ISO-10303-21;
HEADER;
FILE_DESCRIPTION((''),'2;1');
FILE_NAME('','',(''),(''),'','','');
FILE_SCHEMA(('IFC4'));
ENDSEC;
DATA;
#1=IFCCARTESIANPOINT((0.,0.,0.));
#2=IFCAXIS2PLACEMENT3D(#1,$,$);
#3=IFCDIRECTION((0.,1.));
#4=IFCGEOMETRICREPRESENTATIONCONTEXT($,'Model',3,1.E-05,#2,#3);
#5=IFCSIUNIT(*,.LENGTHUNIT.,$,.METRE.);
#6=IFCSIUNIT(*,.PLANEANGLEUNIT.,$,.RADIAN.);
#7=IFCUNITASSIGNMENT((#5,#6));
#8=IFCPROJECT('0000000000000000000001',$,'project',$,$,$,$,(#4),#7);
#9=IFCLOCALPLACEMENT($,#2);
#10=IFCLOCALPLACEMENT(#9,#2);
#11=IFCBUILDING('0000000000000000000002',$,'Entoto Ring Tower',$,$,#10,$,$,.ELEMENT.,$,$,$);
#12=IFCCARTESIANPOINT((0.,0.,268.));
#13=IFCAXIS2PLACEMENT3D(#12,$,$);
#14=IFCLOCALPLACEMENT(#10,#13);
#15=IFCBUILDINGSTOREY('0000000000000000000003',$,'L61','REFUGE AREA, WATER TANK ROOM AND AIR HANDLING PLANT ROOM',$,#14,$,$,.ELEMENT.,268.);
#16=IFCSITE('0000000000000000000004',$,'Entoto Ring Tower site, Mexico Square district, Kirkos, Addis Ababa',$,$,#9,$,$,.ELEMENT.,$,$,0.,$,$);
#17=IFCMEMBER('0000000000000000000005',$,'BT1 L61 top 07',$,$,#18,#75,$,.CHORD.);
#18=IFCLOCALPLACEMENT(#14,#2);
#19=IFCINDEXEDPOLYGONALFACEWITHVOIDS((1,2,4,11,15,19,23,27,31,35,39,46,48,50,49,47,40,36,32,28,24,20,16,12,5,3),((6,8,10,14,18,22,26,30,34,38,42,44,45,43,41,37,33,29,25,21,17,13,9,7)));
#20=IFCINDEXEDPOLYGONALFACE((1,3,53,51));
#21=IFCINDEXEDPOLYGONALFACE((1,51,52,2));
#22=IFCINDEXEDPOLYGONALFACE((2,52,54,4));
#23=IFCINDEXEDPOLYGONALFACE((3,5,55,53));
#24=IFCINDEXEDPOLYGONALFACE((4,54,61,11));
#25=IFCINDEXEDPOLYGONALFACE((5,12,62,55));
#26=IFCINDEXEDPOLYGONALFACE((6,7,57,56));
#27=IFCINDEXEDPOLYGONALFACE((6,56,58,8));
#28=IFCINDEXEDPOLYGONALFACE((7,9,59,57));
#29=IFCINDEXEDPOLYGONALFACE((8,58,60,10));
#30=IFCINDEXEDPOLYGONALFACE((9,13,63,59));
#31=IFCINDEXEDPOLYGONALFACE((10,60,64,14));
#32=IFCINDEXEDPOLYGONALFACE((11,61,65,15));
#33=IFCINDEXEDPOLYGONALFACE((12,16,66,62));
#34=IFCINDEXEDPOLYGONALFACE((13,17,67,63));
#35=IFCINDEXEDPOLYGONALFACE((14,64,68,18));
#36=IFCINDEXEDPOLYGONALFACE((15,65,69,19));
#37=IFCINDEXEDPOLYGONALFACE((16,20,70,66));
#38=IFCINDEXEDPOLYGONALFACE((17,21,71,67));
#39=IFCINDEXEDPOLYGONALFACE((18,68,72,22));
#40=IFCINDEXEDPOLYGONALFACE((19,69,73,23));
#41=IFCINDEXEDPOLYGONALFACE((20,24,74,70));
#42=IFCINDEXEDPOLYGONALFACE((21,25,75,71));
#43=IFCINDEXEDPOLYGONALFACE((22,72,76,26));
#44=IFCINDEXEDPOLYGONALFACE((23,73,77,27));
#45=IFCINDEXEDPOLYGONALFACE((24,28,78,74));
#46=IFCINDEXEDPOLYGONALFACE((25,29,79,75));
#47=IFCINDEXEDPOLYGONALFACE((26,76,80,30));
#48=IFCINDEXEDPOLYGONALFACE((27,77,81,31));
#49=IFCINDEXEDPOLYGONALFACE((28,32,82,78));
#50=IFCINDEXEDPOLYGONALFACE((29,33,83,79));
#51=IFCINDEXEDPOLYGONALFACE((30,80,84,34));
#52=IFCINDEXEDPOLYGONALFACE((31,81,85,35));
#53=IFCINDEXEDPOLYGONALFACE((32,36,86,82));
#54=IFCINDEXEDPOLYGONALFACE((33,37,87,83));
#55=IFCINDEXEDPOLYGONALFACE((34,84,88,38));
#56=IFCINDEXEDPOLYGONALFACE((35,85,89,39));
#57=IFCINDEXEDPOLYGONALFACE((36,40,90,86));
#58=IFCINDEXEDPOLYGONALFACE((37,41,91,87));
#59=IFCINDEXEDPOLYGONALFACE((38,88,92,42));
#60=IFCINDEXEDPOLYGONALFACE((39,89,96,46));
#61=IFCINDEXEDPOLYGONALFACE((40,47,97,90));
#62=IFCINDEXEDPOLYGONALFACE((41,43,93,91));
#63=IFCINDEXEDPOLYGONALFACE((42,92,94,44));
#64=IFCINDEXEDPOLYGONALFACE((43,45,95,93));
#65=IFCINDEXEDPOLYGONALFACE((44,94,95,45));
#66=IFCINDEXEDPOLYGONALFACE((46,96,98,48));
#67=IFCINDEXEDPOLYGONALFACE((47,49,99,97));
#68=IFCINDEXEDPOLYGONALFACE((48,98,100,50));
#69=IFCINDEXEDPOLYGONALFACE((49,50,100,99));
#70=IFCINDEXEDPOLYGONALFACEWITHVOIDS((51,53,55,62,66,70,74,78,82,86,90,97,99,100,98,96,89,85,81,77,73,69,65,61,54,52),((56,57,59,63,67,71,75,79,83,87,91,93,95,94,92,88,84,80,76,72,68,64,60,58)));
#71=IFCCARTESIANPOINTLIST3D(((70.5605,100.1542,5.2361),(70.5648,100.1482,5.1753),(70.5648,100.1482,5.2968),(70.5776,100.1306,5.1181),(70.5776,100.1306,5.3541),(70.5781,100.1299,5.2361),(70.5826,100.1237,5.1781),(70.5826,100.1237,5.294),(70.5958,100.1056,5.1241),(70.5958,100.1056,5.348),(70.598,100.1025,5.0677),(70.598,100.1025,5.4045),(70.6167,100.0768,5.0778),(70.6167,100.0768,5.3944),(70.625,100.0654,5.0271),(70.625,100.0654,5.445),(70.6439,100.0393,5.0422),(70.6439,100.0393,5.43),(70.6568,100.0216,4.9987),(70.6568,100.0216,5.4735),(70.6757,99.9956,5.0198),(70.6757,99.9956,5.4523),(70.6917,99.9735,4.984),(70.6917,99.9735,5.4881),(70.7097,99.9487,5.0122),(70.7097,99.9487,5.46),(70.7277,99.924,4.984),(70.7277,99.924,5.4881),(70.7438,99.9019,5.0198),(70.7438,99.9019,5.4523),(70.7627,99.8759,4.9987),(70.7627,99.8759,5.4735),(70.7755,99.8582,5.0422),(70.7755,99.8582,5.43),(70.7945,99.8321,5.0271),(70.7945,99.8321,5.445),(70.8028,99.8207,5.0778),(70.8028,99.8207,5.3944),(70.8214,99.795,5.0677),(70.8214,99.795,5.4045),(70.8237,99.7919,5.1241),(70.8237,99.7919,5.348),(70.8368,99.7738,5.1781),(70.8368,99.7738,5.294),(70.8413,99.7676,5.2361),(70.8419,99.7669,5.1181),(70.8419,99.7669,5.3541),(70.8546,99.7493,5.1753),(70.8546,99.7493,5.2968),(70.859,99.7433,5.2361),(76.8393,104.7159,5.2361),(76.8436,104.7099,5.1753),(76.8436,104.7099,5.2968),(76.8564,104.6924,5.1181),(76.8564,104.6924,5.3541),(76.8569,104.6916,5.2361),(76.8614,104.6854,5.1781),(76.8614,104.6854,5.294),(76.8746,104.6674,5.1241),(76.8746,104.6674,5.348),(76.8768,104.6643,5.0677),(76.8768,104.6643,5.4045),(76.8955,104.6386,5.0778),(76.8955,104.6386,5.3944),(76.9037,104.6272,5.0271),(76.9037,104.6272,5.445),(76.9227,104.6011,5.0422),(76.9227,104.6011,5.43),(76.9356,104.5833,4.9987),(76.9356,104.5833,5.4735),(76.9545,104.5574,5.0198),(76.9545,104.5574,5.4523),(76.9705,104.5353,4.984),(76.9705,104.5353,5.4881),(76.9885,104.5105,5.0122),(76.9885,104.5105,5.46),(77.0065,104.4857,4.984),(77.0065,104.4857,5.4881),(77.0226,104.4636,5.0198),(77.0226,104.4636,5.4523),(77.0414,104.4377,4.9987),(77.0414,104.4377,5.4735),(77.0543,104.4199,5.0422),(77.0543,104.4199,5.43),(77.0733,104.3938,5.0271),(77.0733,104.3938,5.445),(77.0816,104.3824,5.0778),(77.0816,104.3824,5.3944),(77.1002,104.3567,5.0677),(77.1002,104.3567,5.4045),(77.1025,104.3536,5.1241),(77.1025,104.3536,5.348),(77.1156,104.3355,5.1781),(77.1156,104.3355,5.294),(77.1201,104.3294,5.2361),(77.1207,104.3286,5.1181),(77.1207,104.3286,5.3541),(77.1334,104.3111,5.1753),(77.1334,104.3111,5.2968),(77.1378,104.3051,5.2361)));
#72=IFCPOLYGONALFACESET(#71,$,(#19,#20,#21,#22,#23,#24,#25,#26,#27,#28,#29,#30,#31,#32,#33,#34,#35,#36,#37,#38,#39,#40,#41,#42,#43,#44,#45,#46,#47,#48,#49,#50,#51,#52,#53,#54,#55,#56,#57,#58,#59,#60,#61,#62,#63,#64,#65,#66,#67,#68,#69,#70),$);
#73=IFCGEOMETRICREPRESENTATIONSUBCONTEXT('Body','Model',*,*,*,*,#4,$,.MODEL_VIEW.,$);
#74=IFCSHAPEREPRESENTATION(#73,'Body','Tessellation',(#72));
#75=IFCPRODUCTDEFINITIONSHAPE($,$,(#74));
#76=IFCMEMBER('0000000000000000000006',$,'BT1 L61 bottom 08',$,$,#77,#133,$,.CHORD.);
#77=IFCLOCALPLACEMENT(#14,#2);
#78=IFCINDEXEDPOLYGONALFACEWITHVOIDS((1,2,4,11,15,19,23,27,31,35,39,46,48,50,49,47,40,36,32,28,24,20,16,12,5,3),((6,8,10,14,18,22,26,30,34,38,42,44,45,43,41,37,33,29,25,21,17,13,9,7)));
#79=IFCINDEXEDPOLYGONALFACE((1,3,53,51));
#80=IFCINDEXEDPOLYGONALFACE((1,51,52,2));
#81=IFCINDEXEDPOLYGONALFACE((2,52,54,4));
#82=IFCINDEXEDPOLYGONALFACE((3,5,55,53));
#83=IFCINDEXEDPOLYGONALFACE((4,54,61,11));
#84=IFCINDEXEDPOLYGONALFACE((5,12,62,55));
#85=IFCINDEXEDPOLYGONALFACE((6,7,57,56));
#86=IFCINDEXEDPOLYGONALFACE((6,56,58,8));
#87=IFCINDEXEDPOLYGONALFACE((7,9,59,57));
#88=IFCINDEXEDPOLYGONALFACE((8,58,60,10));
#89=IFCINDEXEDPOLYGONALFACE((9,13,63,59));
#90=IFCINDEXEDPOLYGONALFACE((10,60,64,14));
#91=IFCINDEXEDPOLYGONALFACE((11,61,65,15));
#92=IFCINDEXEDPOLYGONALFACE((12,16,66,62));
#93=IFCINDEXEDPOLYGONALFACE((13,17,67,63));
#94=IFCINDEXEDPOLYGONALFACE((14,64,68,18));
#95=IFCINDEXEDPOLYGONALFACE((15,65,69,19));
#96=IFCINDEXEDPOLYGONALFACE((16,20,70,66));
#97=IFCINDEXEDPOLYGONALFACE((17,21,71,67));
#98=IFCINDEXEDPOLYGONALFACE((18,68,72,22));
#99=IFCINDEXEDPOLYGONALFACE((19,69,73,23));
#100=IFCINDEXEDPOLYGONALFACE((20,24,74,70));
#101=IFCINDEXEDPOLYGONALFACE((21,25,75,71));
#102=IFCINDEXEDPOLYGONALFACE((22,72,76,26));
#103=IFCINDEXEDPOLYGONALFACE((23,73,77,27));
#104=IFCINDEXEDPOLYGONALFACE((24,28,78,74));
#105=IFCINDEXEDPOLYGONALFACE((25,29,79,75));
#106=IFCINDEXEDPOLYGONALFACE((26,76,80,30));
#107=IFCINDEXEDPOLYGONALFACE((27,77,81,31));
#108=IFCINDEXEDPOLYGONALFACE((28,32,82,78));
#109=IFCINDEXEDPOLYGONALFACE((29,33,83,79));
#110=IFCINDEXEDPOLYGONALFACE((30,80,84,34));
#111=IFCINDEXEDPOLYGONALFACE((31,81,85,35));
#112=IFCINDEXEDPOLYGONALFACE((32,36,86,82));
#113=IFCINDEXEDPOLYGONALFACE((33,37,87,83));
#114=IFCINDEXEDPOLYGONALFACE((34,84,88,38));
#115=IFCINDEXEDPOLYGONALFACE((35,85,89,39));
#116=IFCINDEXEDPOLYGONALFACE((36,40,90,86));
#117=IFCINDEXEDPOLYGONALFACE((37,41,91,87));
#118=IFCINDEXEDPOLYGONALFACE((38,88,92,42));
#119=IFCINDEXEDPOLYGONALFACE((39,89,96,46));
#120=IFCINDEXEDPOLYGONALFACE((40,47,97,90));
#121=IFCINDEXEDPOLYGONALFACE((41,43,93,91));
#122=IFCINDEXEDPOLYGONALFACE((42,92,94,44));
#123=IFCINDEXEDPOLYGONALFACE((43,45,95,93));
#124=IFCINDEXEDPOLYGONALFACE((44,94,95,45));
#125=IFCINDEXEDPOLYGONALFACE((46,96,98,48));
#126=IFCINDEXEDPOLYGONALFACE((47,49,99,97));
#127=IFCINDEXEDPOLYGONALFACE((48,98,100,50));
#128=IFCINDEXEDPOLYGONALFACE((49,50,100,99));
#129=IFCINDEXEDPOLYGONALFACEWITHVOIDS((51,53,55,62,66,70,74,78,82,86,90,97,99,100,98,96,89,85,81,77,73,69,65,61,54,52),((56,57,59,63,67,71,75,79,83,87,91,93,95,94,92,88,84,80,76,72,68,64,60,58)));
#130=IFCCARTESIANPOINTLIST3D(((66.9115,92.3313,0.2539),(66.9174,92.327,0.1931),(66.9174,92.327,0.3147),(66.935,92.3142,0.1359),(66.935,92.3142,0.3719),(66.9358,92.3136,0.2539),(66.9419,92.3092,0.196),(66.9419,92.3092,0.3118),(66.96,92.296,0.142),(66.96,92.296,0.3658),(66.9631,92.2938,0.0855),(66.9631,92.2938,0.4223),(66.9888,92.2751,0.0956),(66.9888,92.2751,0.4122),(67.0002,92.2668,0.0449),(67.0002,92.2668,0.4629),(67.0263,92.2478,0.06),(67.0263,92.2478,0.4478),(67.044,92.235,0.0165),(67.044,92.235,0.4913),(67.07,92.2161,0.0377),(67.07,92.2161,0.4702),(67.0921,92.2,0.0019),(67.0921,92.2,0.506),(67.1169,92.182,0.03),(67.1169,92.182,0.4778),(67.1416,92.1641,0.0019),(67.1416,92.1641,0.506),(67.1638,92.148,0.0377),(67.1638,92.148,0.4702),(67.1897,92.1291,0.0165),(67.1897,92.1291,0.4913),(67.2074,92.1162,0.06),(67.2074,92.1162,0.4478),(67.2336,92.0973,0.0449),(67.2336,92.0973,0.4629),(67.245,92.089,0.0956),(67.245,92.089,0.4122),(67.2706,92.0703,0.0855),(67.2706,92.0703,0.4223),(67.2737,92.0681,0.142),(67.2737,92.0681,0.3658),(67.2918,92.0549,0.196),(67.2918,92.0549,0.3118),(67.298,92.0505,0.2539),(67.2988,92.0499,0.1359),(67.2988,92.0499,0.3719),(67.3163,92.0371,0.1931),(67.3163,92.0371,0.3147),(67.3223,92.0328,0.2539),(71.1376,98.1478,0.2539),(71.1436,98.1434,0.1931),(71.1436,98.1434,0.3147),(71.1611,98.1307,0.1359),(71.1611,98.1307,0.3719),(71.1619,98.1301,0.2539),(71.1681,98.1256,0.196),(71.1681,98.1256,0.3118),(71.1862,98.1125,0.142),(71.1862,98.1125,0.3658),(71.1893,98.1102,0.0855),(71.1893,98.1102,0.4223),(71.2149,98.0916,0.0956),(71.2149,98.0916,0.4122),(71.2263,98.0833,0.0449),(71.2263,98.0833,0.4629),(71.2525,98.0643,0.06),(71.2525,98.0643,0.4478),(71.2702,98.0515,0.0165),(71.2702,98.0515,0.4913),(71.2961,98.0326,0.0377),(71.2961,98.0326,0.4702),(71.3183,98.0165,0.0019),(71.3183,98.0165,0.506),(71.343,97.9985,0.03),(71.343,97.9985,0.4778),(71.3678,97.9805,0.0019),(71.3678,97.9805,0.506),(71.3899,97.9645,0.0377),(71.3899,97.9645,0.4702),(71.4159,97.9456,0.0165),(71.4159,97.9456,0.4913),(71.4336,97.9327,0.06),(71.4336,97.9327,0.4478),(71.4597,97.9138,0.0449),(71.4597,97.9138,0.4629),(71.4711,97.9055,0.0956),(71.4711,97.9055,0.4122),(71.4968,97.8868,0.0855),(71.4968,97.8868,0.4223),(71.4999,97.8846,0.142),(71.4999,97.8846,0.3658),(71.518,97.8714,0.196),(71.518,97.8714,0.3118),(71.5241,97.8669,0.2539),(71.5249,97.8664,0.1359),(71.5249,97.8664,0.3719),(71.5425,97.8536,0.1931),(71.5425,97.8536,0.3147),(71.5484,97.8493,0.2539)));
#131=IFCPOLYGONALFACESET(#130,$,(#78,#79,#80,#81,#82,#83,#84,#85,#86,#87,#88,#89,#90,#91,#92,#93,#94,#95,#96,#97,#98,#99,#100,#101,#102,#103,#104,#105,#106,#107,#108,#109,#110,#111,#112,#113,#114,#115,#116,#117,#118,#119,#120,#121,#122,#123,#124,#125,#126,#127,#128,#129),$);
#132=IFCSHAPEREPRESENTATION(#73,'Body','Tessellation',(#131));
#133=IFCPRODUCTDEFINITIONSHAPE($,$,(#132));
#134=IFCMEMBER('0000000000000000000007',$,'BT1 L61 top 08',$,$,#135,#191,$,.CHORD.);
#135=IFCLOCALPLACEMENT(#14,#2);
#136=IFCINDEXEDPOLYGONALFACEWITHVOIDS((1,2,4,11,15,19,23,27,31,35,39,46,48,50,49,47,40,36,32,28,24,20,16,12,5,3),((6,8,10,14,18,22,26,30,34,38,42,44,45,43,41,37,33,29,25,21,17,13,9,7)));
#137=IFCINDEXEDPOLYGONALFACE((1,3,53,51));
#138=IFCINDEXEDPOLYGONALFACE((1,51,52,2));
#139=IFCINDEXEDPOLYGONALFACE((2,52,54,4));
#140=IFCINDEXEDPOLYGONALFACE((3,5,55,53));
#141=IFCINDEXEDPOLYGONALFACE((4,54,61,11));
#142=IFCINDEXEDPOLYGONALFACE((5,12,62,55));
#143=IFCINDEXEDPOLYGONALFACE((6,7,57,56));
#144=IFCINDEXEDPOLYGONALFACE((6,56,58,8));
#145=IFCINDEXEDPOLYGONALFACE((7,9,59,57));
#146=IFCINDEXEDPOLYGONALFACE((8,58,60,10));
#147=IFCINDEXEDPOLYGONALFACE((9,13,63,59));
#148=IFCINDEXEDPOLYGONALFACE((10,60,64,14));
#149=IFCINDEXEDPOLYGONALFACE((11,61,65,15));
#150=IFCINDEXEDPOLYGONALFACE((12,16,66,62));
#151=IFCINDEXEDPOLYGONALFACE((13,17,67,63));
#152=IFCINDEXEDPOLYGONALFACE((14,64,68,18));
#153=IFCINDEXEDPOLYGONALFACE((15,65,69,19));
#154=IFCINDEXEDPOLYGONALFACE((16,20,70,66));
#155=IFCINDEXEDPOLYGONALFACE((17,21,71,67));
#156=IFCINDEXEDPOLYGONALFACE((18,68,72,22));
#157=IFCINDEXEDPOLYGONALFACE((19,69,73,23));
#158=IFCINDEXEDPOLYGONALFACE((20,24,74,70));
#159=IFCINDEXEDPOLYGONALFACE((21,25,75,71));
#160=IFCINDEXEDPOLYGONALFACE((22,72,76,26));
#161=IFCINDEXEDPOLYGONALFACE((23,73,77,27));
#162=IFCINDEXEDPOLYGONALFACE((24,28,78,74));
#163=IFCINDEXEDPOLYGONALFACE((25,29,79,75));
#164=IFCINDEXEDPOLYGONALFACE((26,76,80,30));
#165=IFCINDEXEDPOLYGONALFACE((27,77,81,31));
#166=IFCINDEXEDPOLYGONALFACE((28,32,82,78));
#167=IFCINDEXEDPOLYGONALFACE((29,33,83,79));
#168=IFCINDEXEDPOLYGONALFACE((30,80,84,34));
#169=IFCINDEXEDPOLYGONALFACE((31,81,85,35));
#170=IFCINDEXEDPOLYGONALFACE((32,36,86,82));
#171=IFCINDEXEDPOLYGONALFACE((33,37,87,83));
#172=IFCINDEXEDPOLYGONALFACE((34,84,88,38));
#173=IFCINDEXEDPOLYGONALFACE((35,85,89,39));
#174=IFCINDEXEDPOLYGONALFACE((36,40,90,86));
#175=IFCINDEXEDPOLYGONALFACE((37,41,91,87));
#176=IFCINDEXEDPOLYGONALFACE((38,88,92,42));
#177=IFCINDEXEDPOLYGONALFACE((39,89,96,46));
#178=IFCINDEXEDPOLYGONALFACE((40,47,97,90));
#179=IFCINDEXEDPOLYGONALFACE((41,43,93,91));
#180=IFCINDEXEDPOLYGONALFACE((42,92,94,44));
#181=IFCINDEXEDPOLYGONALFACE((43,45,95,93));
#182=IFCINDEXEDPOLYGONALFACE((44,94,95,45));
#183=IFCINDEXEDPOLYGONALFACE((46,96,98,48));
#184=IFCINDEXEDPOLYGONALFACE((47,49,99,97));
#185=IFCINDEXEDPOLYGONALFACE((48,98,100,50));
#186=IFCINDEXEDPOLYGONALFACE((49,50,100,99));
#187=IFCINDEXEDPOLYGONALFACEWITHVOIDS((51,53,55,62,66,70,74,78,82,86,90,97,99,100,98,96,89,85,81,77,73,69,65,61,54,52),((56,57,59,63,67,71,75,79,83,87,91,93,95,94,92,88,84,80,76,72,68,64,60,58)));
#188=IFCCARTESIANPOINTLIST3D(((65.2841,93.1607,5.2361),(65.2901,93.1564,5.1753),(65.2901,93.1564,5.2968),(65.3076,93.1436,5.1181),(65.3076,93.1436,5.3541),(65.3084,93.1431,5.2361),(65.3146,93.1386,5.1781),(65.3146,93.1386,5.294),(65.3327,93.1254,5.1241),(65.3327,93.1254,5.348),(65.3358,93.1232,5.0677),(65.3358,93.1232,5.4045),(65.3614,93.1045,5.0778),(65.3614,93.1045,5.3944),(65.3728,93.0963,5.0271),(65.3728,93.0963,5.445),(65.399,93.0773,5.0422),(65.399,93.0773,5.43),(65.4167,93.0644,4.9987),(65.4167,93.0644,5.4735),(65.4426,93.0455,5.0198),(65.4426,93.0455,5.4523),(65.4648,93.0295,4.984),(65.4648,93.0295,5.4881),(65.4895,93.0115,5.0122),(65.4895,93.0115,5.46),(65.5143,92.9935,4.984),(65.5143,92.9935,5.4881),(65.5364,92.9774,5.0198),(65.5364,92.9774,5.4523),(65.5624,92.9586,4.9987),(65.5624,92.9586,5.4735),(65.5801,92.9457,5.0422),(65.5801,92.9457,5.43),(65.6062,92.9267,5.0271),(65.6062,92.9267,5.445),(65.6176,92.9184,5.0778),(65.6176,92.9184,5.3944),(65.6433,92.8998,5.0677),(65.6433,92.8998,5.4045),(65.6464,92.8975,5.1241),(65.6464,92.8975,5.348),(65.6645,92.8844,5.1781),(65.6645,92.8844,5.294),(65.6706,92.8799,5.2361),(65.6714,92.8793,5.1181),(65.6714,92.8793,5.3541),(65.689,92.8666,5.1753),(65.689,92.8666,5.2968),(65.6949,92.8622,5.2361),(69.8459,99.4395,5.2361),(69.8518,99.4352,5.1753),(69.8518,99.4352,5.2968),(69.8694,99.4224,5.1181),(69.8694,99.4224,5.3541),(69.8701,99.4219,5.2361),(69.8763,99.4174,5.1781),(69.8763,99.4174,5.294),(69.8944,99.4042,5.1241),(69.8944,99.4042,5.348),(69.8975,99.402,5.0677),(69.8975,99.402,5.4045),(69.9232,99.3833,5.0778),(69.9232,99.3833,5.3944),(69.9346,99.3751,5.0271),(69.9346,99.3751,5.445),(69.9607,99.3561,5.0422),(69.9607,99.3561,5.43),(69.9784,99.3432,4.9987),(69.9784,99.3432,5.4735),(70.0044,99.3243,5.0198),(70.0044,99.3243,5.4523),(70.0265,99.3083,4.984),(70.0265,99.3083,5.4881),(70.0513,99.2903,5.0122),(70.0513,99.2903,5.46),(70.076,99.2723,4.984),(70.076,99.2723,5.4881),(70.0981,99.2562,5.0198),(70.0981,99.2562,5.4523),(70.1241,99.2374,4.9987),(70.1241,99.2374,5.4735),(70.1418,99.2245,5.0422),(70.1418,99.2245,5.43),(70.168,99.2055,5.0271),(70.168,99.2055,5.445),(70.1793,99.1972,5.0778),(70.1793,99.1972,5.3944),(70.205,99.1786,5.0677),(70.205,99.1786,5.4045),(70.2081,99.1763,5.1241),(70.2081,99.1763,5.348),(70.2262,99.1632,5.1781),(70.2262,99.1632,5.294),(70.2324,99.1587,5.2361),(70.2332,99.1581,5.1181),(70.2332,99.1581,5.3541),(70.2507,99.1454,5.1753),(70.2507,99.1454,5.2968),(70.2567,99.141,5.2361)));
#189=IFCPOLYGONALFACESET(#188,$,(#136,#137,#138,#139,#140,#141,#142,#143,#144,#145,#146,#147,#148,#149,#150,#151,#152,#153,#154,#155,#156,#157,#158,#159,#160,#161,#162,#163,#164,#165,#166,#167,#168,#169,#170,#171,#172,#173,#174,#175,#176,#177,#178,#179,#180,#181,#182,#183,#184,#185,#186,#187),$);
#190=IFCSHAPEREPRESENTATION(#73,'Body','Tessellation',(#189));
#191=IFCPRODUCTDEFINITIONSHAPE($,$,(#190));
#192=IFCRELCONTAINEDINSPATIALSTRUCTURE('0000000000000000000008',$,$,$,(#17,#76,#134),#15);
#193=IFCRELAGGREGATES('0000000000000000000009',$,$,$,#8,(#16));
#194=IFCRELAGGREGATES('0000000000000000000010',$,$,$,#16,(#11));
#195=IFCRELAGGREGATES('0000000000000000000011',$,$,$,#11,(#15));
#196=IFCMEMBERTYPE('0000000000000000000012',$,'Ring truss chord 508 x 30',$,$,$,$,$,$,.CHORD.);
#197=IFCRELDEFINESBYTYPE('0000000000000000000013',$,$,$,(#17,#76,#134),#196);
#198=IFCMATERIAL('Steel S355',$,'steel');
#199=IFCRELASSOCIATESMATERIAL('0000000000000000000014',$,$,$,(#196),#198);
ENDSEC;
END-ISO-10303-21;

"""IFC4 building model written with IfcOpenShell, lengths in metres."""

from ifc_helpers import new_model, si_unit, direction, frame, origin, origin_2d, place, context, subcontext, project, spatial, circle, hollow_circle, extrude, material, material_profile, profile_set, type_object, element, save


model = new_model("IFC4")

# Units and contexts
model_context = context("Model", 3, precision=1e-05, world=origin(), true_north=direction((0.0, 1.0)))
body_context = subcontext(model_context, "Body", "Model", "MODEL_VIEW")
ifc_project = project(units=[si_unit("LENGTHUNIT", "METRE"), si_unit("PLANEANGLEUNIT", "RADIAN")], contexts=[model_context])

# Site, building, storey
site_placement = place(None, origin())
site = spatial("IfcSite", under=ifc_project, at=site_placement, Name="Entoto Ring Tower site, Mexico Square district, Kirkos, Addis Ababa", CompositionType="ELEMENT", RefElevation=0.0)
building_placement = place(site_placement, origin())
building = spatial("IfcBuilding", under=site, at=building_placement, Name="Entoto Ring Tower", CompositionType="ELEMENT")
storey_placement = place(building_placement, frame((0.0, 0.0, 268.0)))
storey = spatial("IfcBuildingStorey", under=building, at=storey_placement, Name="L61", Description="REFUGE AREA, WATER TANK ROOM AND AIR HANDLING PLANT ROOM", CompositionType="ELEMENT", Elevation=268.0)

# Members
ifc_material_1 = material(Name="Steel S355", Category="steel")
ifc_material_profile_1 = material_profile(ifc_material_1, hollow_circle(Radius=0.2539, WallThickness=0.03, at=origin_2d()), Name="CHS 508 x 30")
ifc_material_2 = material(Name="Concrete C60/75", Category="concrete")
ifc_material_profile_2 = material_profile(ifc_material_2, circle(Radius=0.2241, at=origin_2d()), Name="Concrete C60/75 infill")
ifc_profile_set_1 = profile_set([ifc_material_profile_1, ifc_material_profile_2], Name="Steel S355")
member_type_1 = type_object("IfcMemberType", Name="Ring truss chord 508 x 30", PredefinedType="CHORD", material=ifc_profile_set_1)
member_1_placement = place(storey_placement, frame((76.9885, 104.5105, 5.2361), z_axis=(-0.80902, -0.587781, 0.0), x_axis=(0.587781, -0.80902, 0.0)))
element("IfcMember", 1, at=member_1_placement, inside=storey, type_object=member_type_1, Name="BT1 L61 top 07", PredefinedType="CHORD", context=body_context, shape_type="SweptSolid", body=[
    extrude(hollow_circle(Radius=0.2539, WallThickness=0.03, at=origin_2d()), origin(), (0.0, 0.0, 1.0), 7.761),
])
member_2_placement = place(storey_placement, frame((71.343, 97.9985, 0.2539), z_axis=(-0.587804, -0.809003, 0.0), x_axis=(0.809003, -0.587804, 0.0)))
element("IfcMember", 2, at=member_2_placement, inside=storey, type_object=member_type_1, Name="BT1 L61 bottom 08", PredefinedType="CHORD", context=body_context, shape_type="SweptSolid", body=[
    extrude(hollow_circle(Radius=0.2539, WallThickness=0.03, at=origin_2d()), origin(), (0.0, 0.0, 1.0), 7.1897),
])
member_3_placement = place(storey_placement, frame((70.0513, 99.2903, 5.2361), z_axis=(-0.587781, -0.80902, 0.0), x_axis=(0.80902, -0.587781, 0.0)))
element("IfcMember", 3, at=member_3_placement, inside=storey, type_object=member_type_1, Name="BT1 L61 top 08", PredefinedType="CHORD", context=body_context, shape_type="SweptSolid", body=[
    extrude(hollow_circle(Radius=0.2539, WallThickness=0.03, at=origin_2d()), origin(), (0.0, 0.0, 1.0), 7.761),
])

save(model, "model.ifc")
